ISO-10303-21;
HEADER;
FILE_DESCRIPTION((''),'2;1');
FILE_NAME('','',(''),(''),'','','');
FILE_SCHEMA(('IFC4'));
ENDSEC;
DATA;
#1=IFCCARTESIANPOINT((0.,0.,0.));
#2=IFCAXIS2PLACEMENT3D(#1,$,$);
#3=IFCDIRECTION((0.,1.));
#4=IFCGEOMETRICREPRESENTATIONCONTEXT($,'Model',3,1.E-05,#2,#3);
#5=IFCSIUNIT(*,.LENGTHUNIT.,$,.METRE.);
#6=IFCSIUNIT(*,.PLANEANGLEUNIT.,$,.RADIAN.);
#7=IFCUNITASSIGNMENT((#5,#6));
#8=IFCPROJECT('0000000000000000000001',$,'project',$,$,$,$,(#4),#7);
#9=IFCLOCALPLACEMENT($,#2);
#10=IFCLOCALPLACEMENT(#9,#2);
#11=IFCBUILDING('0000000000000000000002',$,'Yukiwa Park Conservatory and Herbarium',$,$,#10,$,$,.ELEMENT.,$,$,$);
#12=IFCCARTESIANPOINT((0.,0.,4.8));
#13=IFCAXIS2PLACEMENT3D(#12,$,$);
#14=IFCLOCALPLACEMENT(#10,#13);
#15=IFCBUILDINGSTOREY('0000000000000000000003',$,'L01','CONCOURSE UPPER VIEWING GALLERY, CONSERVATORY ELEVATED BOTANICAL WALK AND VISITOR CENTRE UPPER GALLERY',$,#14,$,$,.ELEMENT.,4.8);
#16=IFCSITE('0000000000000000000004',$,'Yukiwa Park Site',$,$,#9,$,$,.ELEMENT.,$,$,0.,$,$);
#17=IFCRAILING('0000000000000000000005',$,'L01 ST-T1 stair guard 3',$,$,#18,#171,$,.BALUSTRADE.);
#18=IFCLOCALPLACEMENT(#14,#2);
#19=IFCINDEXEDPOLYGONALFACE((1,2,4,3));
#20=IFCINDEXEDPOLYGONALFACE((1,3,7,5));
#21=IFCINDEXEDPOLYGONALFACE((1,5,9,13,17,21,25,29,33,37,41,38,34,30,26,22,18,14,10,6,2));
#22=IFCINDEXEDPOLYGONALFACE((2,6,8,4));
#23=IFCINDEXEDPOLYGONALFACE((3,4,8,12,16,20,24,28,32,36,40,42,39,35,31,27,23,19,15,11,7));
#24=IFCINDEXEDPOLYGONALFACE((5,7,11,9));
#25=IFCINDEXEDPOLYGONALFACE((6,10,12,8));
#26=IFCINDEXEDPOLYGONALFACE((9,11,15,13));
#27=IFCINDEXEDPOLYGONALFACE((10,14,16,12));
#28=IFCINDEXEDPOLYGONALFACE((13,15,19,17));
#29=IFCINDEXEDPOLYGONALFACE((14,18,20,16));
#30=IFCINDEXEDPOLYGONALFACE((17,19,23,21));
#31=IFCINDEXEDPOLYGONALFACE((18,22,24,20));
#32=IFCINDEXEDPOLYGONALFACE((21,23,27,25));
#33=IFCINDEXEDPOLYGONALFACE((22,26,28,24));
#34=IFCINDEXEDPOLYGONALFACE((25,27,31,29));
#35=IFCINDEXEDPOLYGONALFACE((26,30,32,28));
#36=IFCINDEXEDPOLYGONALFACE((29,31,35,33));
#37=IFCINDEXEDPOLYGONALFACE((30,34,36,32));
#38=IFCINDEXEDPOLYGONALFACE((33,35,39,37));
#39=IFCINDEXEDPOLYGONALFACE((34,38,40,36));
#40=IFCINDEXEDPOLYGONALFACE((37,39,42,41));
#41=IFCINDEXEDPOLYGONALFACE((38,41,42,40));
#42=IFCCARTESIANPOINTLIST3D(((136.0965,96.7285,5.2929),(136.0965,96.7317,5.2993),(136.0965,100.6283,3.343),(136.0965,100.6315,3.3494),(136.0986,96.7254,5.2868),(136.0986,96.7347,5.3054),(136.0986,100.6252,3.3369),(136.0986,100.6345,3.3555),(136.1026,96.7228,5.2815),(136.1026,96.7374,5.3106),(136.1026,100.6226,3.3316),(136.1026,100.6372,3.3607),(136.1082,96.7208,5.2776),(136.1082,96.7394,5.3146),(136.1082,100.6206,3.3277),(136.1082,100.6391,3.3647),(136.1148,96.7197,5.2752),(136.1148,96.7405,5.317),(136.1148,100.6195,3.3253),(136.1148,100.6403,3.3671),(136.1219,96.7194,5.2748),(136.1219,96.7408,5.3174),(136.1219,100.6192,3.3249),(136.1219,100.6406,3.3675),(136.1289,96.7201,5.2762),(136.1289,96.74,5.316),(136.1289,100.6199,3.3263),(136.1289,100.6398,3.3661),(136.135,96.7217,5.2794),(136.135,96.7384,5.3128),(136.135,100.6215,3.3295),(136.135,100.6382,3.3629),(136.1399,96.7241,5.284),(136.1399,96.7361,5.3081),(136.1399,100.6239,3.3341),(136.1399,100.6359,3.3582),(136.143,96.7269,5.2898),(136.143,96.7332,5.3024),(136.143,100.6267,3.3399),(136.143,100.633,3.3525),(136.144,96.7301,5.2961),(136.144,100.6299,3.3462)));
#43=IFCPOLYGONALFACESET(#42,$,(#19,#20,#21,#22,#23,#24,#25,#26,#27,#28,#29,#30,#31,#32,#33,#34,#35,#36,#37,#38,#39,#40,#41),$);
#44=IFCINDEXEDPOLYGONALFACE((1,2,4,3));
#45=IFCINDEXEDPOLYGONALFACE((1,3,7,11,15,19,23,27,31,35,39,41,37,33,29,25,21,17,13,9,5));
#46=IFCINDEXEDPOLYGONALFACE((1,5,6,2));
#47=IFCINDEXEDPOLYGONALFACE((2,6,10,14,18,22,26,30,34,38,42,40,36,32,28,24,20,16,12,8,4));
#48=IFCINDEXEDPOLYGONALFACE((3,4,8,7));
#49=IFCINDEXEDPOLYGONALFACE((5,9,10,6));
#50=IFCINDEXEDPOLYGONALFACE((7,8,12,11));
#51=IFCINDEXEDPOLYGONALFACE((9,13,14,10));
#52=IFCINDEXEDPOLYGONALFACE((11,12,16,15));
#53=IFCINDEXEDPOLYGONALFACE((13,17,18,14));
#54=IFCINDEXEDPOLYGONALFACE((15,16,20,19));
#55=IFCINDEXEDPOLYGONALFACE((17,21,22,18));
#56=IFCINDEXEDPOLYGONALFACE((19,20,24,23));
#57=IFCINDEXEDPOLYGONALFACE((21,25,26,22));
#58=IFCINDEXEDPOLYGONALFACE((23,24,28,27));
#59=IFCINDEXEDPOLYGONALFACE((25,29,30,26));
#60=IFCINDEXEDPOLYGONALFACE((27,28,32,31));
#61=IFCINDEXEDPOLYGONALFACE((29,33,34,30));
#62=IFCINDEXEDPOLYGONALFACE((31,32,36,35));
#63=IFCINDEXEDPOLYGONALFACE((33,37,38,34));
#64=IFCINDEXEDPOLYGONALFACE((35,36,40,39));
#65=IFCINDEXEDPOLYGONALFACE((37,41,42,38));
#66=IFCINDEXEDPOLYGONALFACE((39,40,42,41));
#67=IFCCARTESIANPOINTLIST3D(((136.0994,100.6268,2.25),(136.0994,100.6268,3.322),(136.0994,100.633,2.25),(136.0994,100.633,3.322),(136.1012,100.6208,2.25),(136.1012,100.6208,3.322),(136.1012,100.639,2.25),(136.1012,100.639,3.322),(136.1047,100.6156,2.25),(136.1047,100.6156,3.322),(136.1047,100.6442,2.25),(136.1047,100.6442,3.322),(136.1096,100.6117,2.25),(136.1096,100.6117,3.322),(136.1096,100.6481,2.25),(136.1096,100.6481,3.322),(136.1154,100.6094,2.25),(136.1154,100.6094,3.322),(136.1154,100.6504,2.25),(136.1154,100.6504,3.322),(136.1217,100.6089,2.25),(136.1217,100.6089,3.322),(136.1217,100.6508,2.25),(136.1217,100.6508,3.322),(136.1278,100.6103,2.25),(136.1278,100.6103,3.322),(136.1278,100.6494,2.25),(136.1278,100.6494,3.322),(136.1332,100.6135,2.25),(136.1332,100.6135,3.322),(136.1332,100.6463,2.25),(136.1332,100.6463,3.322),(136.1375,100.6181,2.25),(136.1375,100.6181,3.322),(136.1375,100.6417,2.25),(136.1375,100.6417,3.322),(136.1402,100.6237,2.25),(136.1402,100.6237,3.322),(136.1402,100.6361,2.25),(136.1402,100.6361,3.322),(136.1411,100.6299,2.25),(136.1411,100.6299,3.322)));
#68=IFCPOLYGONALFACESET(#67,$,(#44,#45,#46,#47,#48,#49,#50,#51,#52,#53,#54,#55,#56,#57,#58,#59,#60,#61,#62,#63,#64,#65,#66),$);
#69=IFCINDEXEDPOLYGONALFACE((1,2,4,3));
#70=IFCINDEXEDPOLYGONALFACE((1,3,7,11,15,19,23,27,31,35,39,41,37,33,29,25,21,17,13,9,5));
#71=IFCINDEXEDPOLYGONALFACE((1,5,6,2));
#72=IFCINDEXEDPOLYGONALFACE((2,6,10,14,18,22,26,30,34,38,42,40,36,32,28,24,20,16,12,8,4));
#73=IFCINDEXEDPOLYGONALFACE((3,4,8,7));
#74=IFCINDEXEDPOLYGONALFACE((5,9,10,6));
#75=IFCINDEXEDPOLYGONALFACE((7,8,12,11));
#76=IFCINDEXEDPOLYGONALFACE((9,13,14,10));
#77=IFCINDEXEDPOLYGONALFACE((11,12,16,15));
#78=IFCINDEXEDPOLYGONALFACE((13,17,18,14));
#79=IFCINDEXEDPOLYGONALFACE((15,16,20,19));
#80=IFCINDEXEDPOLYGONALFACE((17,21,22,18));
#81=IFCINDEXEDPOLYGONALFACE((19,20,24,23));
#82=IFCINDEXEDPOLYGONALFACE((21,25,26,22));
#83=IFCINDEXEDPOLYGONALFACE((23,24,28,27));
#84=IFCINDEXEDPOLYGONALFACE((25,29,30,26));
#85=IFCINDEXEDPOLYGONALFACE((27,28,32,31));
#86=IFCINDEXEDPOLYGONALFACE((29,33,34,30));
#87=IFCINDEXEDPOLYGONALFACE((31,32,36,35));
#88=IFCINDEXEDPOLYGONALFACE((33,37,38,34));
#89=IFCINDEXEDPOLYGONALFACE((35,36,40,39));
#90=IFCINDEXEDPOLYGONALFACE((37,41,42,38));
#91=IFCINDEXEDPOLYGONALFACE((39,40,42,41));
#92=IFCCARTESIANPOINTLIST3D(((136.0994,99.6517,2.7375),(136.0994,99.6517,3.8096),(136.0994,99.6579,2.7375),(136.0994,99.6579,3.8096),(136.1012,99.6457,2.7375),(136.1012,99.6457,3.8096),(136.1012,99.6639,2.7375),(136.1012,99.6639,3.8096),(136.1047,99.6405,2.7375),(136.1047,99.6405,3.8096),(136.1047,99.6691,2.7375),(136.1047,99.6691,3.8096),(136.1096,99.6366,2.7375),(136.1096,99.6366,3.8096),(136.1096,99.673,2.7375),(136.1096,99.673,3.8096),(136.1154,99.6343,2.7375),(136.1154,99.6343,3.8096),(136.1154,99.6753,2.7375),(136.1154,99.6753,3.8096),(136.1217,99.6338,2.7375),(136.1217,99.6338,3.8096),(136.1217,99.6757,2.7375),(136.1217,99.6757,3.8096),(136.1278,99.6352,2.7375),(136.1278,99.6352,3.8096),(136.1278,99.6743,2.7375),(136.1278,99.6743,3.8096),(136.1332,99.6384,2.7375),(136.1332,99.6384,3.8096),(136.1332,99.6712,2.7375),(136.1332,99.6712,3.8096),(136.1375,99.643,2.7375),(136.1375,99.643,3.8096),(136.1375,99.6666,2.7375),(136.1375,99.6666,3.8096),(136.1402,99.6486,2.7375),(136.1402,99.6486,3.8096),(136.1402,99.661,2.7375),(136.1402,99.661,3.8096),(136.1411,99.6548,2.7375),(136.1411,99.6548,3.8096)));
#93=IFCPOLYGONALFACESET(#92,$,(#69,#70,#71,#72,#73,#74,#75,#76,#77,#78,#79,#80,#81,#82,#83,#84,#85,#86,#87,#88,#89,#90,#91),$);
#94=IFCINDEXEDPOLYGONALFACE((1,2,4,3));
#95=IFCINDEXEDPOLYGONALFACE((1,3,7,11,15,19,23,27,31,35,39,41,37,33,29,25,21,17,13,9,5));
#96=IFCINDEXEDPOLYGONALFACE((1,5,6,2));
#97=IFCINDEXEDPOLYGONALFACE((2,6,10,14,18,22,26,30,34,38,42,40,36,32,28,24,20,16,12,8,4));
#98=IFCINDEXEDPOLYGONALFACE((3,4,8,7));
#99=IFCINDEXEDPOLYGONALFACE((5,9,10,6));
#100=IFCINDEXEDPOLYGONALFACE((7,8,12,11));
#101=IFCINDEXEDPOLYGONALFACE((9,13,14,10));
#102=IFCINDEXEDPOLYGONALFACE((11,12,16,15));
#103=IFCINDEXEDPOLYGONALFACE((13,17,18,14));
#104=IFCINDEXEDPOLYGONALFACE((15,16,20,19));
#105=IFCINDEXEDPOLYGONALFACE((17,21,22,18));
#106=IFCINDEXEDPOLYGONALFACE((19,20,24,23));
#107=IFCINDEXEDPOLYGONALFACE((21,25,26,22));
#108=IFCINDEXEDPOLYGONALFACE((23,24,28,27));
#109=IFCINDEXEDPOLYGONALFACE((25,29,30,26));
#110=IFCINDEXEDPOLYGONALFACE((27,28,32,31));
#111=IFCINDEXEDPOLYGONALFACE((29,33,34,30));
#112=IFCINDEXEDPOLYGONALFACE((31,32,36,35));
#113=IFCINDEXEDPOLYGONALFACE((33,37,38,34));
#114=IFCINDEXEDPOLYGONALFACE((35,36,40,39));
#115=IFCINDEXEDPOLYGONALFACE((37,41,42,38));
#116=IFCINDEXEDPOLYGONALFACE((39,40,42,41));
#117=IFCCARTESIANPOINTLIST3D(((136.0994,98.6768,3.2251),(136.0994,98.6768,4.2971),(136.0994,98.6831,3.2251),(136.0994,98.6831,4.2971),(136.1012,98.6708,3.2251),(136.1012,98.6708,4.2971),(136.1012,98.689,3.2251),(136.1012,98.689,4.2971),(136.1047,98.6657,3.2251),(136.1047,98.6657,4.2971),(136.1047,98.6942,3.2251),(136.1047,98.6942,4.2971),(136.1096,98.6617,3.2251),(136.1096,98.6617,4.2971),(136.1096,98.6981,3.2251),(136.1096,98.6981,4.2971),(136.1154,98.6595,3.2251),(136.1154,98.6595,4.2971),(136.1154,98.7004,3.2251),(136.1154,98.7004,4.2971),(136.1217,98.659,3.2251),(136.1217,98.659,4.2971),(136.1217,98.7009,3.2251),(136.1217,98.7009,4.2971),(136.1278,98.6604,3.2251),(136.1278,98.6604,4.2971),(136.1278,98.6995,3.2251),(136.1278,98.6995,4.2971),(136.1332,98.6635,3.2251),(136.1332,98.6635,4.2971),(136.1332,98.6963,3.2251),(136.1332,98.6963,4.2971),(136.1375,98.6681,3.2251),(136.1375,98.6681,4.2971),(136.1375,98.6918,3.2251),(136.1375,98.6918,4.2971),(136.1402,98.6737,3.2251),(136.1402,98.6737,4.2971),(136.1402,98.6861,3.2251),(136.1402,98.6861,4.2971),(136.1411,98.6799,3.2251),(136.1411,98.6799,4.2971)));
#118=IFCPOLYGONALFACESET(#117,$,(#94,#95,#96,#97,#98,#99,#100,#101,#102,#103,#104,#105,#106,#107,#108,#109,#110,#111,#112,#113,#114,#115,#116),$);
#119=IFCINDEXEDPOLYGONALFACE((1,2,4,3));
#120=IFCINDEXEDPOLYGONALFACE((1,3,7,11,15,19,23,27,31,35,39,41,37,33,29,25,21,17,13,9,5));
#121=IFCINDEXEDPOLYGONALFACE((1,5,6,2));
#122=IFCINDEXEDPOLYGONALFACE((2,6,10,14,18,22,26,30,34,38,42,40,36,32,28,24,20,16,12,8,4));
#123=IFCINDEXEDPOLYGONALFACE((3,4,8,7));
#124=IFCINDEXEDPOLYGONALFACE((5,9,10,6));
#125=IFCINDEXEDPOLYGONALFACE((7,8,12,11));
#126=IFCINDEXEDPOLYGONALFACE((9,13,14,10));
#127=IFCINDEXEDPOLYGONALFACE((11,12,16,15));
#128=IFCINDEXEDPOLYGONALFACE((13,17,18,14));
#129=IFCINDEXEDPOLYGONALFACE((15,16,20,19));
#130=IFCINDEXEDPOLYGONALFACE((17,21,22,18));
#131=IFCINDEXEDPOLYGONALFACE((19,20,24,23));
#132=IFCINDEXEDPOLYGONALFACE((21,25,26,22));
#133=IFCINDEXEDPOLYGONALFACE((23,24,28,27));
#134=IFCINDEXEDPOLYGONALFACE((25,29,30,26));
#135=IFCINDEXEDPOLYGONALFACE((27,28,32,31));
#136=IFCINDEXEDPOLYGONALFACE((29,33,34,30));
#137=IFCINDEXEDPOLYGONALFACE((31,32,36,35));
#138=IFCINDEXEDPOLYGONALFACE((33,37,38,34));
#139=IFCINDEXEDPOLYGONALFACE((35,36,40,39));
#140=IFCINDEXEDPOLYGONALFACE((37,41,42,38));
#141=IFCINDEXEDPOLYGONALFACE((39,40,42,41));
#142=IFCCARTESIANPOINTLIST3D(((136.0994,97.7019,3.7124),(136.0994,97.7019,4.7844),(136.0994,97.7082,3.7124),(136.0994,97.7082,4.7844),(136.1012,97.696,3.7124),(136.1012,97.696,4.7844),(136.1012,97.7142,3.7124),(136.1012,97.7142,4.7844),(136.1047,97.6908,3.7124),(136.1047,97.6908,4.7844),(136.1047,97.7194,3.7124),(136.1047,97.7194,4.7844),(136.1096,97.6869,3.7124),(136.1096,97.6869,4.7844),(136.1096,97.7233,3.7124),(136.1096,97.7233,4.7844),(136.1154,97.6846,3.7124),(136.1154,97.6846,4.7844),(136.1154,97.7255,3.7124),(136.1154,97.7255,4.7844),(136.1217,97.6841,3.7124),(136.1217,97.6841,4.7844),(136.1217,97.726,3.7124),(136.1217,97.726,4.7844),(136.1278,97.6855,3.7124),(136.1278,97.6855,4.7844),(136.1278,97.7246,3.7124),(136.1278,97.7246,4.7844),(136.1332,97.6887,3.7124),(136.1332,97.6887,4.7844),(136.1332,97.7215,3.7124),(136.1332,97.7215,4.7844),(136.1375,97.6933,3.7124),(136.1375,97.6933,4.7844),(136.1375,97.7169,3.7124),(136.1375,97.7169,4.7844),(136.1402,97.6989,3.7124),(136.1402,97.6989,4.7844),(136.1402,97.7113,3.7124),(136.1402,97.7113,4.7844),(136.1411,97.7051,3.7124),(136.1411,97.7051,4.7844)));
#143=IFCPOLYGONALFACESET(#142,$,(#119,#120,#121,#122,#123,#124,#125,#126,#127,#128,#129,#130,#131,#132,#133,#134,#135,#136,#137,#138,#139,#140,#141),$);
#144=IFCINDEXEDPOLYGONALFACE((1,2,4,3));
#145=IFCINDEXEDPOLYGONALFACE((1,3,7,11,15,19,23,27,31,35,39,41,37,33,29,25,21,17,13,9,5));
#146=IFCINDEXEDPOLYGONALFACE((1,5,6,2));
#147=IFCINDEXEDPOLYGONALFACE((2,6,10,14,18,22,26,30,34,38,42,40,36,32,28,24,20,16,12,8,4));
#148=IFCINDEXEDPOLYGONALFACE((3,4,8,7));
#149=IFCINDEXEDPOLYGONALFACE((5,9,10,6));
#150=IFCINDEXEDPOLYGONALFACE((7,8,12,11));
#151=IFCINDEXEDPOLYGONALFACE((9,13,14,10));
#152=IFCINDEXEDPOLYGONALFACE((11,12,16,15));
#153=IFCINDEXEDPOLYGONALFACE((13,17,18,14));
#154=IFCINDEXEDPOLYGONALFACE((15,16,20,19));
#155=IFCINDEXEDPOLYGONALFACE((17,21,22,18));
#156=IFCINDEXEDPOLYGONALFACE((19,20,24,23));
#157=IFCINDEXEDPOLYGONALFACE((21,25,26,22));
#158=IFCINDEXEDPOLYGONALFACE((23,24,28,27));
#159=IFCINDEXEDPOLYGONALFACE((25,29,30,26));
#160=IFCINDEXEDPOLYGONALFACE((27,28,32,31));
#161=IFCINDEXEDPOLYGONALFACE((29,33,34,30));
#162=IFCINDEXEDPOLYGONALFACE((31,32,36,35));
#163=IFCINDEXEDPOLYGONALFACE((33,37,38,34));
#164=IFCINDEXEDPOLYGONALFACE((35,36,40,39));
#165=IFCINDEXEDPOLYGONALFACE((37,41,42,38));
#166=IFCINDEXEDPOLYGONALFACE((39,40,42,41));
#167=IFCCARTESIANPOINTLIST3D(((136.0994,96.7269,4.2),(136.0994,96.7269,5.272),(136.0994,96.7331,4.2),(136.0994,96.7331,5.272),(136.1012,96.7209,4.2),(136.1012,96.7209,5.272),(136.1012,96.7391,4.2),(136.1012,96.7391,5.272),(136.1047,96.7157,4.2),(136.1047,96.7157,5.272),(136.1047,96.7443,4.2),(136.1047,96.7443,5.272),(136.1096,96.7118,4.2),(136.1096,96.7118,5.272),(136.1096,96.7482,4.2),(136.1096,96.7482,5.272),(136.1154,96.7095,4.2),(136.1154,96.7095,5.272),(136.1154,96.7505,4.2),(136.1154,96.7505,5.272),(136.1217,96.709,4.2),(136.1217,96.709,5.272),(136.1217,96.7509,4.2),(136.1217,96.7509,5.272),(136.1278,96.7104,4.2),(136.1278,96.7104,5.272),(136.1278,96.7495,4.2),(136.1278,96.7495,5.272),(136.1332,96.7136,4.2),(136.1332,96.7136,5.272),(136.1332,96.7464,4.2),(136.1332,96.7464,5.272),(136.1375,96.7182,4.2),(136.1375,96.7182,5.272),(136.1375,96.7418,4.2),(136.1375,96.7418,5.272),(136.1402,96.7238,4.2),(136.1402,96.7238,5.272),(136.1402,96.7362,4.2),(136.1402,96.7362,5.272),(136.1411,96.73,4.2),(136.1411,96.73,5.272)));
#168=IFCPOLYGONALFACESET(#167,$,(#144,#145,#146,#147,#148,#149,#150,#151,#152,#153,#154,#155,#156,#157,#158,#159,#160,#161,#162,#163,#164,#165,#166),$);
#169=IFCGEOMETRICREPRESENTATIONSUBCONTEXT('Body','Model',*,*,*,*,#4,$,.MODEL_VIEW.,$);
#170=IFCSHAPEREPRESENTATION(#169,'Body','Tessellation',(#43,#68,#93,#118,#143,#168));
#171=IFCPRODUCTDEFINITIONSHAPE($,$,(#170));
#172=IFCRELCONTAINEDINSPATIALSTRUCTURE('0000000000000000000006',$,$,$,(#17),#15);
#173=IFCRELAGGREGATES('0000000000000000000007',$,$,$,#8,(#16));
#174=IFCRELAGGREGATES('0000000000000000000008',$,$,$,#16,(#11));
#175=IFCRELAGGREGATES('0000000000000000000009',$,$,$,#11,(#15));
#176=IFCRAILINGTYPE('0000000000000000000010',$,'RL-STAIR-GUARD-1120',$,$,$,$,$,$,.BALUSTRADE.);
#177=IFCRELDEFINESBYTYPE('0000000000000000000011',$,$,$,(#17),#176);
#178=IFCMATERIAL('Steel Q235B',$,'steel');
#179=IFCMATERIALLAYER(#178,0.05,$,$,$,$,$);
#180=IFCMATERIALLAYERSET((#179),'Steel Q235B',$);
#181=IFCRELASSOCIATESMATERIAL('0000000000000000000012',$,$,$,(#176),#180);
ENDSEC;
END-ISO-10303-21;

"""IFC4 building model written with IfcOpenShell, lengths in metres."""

from ifc_helpers import new_model, si_unit, direction, frame, origin, origin_2d, place, context, subcontext, project, spatial, circle, extrude, material, layer, layer_set, type_object, element, save


model = new_model("IFC4")

# Units and contexts
model_context = context("Model", 3, precision=1e-05, world=origin(), true_north=direction((0.0, 1.0)))
body_context = subcontext(model_context, "Body", "Model", "MODEL_VIEW")
ifc_project = project(units=[si_unit("LENGTHUNIT", "METRE"), si_unit("PLANEANGLEUNIT", "RADIAN")], contexts=[model_context])

# Site, building, storey
site_placement = place(None, origin())
site = spatial("IfcSite", under=ifc_project, at=site_placement, Name="Yukiwa Park Site", CompositionType="ELEMENT", RefElevation=0.0)
building_placement = place(site_placement, origin())
building = spatial("IfcBuilding", under=site, at=building_placement, Name="Yukiwa Park Conservatory and Herbarium", CompositionType="ELEMENT")
storey_placement = place(building_placement, frame((0.0, 0.0, 4.8)))
storey = spatial("IfcBuildingStorey", under=building, at=storey_placement, Name="L01", Description="CONCOURSE UPPER VIEWING GALLERY, CONSERVATORY ELEVATED BOTANICAL WALK AND VISITOR CENTRE UPPER GALLERY", CompositionType="ELEMENT", Elevation=4.8)

# Railing
ifc_material_1 = material(Name="Steel Q235B", Category="steel")
ifc_layer_1 = layer(ifc_material_1, 0.05)
ifc_layer_set_1 = layer_set([ifc_layer_1], Name="Steel Q235B")
railing_type_1 = type_object("IfcRailingType", Name="RL-STAIR-GUARD-1120", PredefinedType="BALUSTRADE", material=ifc_layer_set_1)
railing_1_placement = place(storey_placement, frame((136.1201, 100.6299, 2.25)))
element("IfcRailing", 1, at=railing_1_placement, inside=storey, type_object=railing_type_1, Name="L01 ST-T1 stair guard 3", PredefinedType="BALUSTRADE", context=body_context, shape_type="SweptSolid", body=[
    extrude(circle(Radius=0.0239, at=origin_2d()), frame((0.0, 0.0, 1.0962), z_axis=(0.0, -0.894427, 0.447214), x_axis=(1.0, 0.0, 0.0)), (0.0, 0.0, 1.0), 4.3601),
    extrude(circle(Radius=0.021, at=origin_2d()), origin(), (0.0, 0.0, 1.0), 1.072),
    extrude(circle(Radius=0.021, at=origin_2d()), frame((0.0, -0.9751, 0.4875)), (0.0, 0.0, 1.0), 1.072),
    extrude(circle(Radius=0.021, at=origin_2d()), frame((0.0, -1.95, 0.9751)), (0.0, 0.0, 1.0), 1.072),
    extrude(circle(Radius=0.021, at=origin_2d()), frame((0.0, -2.9248, 1.4624)), (0.0, 0.0, 1.0), 1.072),
    extrude(circle(Radius=0.021, at=origin_2d()), frame((0.0, -3.8999, 1.95)), (0.0, 0.0, 1.0), 1.072),
])

save(model, "model.ifc")
